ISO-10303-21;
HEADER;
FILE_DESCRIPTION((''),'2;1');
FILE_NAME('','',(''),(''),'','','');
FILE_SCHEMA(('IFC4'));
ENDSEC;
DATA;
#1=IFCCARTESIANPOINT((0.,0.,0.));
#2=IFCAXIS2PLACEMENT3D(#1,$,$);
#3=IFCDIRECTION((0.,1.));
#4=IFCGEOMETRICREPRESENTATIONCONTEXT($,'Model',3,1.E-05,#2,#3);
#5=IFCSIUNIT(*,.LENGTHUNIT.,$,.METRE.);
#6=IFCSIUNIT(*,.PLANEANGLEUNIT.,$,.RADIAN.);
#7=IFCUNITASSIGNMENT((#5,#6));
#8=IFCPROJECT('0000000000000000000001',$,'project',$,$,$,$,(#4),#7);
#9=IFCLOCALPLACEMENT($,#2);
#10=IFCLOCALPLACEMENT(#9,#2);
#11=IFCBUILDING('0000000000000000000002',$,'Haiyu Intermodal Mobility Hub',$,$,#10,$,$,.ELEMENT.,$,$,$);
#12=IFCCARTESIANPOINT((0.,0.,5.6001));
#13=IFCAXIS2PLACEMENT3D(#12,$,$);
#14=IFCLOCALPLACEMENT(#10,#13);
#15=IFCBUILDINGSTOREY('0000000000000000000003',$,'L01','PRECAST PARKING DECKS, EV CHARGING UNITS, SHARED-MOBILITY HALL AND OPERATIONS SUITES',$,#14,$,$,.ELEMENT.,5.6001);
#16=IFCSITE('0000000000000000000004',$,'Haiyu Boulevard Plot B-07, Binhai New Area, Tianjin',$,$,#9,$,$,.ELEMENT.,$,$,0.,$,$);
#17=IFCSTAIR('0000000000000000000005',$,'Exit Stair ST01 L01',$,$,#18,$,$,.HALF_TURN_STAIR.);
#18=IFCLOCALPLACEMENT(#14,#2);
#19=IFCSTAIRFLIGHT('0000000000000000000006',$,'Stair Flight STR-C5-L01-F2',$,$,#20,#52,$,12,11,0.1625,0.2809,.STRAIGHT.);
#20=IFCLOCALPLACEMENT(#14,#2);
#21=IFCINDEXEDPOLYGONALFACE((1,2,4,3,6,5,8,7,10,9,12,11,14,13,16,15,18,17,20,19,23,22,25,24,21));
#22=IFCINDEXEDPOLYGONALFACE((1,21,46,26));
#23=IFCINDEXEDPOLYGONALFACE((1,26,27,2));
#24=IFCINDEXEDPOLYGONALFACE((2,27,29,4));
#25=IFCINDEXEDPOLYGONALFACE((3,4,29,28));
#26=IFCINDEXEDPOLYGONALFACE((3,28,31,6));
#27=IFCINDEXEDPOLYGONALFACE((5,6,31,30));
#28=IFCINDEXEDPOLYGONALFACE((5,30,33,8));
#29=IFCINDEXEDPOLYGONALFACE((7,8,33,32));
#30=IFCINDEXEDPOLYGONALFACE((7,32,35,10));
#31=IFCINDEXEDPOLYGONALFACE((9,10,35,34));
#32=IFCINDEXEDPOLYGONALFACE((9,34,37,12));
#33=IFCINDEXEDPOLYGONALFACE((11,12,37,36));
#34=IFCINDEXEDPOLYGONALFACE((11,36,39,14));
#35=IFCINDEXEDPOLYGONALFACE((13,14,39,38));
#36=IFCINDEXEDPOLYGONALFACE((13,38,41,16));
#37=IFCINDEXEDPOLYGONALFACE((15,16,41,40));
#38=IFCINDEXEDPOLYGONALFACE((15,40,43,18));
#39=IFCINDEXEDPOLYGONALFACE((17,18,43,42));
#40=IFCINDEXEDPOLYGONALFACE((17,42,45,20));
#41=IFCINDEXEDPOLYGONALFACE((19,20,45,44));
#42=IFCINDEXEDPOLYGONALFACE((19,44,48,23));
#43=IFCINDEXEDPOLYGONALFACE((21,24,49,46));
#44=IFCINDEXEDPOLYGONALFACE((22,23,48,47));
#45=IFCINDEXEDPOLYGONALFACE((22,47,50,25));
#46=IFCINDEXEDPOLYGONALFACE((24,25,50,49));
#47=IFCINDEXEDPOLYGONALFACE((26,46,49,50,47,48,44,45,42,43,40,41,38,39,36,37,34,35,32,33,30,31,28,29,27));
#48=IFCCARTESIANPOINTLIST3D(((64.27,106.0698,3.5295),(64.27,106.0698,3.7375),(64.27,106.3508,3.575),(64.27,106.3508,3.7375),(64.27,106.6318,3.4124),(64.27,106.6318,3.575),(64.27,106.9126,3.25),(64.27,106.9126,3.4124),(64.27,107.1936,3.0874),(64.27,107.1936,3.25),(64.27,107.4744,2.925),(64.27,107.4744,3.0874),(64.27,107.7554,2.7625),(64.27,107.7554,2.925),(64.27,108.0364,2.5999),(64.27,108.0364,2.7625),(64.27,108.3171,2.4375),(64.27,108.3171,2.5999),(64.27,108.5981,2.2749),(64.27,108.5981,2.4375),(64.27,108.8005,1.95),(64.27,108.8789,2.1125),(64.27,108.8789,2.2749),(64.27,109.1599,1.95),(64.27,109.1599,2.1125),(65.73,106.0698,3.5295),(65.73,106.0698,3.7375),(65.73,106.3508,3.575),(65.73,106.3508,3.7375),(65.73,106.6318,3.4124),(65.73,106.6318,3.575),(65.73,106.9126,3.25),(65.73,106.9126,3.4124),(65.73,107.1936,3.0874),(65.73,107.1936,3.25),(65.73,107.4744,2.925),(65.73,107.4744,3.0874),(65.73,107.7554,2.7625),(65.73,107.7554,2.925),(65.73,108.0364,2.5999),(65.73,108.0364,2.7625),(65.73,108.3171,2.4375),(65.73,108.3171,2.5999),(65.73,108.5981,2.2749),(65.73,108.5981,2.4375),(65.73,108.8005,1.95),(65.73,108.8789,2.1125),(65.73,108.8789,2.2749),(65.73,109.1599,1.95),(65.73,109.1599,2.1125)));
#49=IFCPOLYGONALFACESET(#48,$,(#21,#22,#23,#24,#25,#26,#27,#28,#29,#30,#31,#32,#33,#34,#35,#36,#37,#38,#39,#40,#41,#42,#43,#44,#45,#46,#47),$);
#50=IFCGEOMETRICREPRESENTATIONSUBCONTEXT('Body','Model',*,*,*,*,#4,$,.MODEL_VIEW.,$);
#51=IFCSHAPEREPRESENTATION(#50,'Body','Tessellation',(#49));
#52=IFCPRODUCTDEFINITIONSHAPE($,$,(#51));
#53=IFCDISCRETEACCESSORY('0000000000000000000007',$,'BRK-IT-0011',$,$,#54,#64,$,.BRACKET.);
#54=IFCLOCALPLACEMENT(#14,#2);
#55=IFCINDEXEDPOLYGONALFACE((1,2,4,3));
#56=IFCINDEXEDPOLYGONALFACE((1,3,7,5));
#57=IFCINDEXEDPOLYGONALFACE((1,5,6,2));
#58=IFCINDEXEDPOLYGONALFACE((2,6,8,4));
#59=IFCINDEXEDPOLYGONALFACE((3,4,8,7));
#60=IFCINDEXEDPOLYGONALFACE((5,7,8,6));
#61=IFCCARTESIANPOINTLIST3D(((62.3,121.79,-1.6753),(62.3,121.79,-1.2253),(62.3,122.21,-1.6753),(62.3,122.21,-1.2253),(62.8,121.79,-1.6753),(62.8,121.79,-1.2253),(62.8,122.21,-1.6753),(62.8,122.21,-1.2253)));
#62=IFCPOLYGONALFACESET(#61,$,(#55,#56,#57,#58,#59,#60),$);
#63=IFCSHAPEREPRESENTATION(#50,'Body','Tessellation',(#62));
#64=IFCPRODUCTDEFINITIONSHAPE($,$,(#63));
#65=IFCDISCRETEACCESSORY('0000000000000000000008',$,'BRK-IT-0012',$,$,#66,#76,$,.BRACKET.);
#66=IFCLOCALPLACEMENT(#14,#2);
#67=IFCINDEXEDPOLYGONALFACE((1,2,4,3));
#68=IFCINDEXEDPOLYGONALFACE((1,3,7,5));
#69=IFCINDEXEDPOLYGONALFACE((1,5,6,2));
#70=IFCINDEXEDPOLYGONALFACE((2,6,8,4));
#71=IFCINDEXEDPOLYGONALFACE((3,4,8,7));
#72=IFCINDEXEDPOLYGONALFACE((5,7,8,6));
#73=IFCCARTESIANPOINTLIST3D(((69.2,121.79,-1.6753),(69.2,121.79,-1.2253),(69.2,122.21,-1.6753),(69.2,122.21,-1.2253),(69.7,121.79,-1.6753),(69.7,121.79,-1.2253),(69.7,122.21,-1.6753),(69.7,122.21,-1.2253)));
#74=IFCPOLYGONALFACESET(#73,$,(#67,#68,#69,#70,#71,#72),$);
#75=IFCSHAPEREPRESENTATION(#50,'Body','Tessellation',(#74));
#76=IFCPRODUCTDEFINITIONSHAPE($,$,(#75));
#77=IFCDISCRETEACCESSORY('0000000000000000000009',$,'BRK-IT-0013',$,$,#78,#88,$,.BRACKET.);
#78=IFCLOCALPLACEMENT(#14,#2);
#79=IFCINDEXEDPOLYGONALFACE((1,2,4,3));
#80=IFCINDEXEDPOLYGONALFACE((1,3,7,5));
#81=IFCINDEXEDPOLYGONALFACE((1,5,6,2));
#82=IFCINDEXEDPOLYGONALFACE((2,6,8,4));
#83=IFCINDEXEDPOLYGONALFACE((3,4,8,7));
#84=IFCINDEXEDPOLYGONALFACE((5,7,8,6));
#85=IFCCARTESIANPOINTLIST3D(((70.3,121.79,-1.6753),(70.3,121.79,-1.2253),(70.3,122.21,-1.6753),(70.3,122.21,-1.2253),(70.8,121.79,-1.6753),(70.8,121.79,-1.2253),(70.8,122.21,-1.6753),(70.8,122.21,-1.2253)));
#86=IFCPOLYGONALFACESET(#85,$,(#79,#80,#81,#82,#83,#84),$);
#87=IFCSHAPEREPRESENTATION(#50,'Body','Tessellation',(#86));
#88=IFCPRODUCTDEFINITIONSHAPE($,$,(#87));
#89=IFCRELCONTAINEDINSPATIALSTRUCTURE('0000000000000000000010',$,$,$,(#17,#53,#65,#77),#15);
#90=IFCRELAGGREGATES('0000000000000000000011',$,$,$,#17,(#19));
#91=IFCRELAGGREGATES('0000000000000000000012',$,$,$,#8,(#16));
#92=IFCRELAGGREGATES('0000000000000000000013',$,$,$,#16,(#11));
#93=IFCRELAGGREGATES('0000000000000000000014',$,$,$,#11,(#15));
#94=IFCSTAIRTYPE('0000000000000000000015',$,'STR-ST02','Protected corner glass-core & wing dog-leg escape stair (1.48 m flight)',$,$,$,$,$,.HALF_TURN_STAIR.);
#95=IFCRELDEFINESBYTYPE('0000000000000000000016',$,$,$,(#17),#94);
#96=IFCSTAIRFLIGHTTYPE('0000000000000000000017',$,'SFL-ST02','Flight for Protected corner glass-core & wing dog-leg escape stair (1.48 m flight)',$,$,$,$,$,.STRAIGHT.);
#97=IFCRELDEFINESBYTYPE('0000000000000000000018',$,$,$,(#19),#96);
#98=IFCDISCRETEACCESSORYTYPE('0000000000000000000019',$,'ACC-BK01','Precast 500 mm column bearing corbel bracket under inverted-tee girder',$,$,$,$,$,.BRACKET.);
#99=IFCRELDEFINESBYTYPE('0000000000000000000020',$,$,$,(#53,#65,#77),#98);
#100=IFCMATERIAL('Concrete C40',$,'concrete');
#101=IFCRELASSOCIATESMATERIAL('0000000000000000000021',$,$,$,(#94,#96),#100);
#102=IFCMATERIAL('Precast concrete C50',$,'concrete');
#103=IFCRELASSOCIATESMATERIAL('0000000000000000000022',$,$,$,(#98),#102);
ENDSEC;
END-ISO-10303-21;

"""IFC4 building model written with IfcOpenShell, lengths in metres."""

from ifc_helpers import new_model, si_unit, direction, frame, origin, origin_2d, place, context, subcontext, project, spatial, polyline, rectangle, outline, extrude, material, type_object, element, aggregate, save


model = new_model("IFC4")

# Units and contexts
model_context = context("Model", 3, precision=1e-05, world=origin(), true_north=direction((0.0, 1.0)))
body_context = subcontext(model_context, "Body", "Model", "MODEL_VIEW")
ifc_project = project(units=[si_unit("LENGTHUNIT", "METRE"), si_unit("PLANEANGLEUNIT", "RADIAN")], contexts=[model_context])

# Site, building, storey
site_placement = place(None, origin())
site = spatial("IfcSite", under=ifc_project, at=site_placement, Name="Haiyu Boulevard Plot B-07, Binhai New Area, Tianjin", CompositionType="ELEMENT", RefElevation=0.0)
building_placement = place(site_placement, origin())
building = spatial("IfcBuilding", under=site, at=building_placement, Name="Haiyu Intermodal Mobility Hub", CompositionType="ELEMENT")
storey_placement = place(building_placement, frame((0.0, 0.0, 5.6001)))
storey = spatial("IfcBuildingStorey", under=building, at=storey_placement, Name="L01", Description="PRECAST PARKING DECKS, EV CHARGING UNITS, SHARED-MOBILITY HALL AND OPERATIONS SUITES", CompositionType="ELEMENT", Elevation=5.6001)

# Shared definitions
ifc_material_1 = material(Name="Concrete C40", Category="concrete")
ifc_material_2 = material(Name="Precast concrete C50", Category="concrete")

# Stair, stair flight
stair_type = type_object("IfcStairType", Name="STR-ST02", Description="Protected corner glass-core & wing dog-leg escape stair (1.48 m flight)", PredefinedType="HALF_TURN_STAIR", material=ifc_material_1)
stair_placement = place(storey_placement, origin())
stair = element("IfcStair", 1, at=stair_placement, inside=storey, type_object=stair_type, Name="Exit Stair ST01 L01", PredefinedType="HALF_TURN_STAIR")
stair_flight_type = type_object("IfcStairFlightType", Name="SFL-ST02", Description="Flight for Protected corner glass-core & wing dog-leg escape stair (1.48 m flight)", PredefinedType="STRAIGHT", material=ifc_material_1)
stair_flight_1_placement = place(storey_placement, frame((65.0, 109.1599, 1.95), z_axis=(0.0, 0.0, 1.0), x_axis=(0.0, -1.0, 0.0)))
stair_flight_1 = element("IfcStairFlight", 2, at=stair_flight_1_placement, type_object=stair_flight_type, Name="Stair Flight STR-C5-L01-F2", NumberOfRisers=12, NumberOfTreads=11, PredefinedType="STRAIGHT", RiserHeight=0.1625, TreadLength=0.2809, context=body_context, shape_type="SweptSolid", body=[
    extrude(outline(polyline([(0.0, 0.0), (0.0, 0.1626), (0.281, 0.1626), (0.281, 0.325), (0.5618, 0.325), (0.5618, 0.4875), (0.8428, 0.4875), (0.8428, 0.6499), (1.1235, 0.6499), (1.1235, 0.8125), (1.4045, 0.8125), (1.4045, 0.9751), (1.6855, 0.9751), (1.6855, 1.1375), (1.9663, 1.1375), (1.9663, 1.3), (2.2473, 1.3), (2.2473, 1.4624), (2.5281, 1.4624), (2.5281, 1.625), (2.8091, 1.625), (2.8091, 1.7876), (3.0901, 1.7876), (3.0901, 1.95), (3.0901, 1.5796), (0.3594, 0.0), (0.0, 0.0)])), frame((0.0, 0.73, 0.0), z_axis=(0.0, -1.0, 0.0), x_axis=(1.0, 0.0, 0.0)), (0.0, 0.0, 1.0), 1.46),
])
aggregate(stair, [stair_flight_1])

# Discrete accessories
discrete_accessory_type = type_object("IfcDiscreteAccessoryType", Name="ACC-BK01", Description="Precast 500 mm column bearing corbel bracket under inverted-tee girder", PredefinedType="BRACKET", material=ifc_material_2)
for number, where, z_axis, x_axis, name in (
    (3, (62.55, 122.0, -1.6753), (0.0, 0.0, 1.0), (1.0, 0.0, 0.0), "BRK-IT-0011"),
    (4, (69.45, 122.0, -1.6753), (0.0, 0.0, 1.0), (1.0, 0.0, 0.0), "BRK-IT-0012"),
    (5, (70.55, 122.0, -1.6753), (0.0, 0.0, 1.0), (1.0, 0.0, 0.0), "BRK-IT-0013"),
):
    element("IfcDiscreteAccessory", number, at=place(storey_placement, frame(where, z_axis=z_axis, x_axis=x_axis)), inside=storey, type_object=discrete_accessory_type, Name=name, PredefinedType="BRACKET", context=body_context, shape_type="SweptSolid", body=[
        extrude(rectangle(XDim=0.5, YDim=0.4199, at=origin_2d()), origin(), (0.0, 0.0, 1.0), 0.45),
    ])

save(model, "model.ifc")
